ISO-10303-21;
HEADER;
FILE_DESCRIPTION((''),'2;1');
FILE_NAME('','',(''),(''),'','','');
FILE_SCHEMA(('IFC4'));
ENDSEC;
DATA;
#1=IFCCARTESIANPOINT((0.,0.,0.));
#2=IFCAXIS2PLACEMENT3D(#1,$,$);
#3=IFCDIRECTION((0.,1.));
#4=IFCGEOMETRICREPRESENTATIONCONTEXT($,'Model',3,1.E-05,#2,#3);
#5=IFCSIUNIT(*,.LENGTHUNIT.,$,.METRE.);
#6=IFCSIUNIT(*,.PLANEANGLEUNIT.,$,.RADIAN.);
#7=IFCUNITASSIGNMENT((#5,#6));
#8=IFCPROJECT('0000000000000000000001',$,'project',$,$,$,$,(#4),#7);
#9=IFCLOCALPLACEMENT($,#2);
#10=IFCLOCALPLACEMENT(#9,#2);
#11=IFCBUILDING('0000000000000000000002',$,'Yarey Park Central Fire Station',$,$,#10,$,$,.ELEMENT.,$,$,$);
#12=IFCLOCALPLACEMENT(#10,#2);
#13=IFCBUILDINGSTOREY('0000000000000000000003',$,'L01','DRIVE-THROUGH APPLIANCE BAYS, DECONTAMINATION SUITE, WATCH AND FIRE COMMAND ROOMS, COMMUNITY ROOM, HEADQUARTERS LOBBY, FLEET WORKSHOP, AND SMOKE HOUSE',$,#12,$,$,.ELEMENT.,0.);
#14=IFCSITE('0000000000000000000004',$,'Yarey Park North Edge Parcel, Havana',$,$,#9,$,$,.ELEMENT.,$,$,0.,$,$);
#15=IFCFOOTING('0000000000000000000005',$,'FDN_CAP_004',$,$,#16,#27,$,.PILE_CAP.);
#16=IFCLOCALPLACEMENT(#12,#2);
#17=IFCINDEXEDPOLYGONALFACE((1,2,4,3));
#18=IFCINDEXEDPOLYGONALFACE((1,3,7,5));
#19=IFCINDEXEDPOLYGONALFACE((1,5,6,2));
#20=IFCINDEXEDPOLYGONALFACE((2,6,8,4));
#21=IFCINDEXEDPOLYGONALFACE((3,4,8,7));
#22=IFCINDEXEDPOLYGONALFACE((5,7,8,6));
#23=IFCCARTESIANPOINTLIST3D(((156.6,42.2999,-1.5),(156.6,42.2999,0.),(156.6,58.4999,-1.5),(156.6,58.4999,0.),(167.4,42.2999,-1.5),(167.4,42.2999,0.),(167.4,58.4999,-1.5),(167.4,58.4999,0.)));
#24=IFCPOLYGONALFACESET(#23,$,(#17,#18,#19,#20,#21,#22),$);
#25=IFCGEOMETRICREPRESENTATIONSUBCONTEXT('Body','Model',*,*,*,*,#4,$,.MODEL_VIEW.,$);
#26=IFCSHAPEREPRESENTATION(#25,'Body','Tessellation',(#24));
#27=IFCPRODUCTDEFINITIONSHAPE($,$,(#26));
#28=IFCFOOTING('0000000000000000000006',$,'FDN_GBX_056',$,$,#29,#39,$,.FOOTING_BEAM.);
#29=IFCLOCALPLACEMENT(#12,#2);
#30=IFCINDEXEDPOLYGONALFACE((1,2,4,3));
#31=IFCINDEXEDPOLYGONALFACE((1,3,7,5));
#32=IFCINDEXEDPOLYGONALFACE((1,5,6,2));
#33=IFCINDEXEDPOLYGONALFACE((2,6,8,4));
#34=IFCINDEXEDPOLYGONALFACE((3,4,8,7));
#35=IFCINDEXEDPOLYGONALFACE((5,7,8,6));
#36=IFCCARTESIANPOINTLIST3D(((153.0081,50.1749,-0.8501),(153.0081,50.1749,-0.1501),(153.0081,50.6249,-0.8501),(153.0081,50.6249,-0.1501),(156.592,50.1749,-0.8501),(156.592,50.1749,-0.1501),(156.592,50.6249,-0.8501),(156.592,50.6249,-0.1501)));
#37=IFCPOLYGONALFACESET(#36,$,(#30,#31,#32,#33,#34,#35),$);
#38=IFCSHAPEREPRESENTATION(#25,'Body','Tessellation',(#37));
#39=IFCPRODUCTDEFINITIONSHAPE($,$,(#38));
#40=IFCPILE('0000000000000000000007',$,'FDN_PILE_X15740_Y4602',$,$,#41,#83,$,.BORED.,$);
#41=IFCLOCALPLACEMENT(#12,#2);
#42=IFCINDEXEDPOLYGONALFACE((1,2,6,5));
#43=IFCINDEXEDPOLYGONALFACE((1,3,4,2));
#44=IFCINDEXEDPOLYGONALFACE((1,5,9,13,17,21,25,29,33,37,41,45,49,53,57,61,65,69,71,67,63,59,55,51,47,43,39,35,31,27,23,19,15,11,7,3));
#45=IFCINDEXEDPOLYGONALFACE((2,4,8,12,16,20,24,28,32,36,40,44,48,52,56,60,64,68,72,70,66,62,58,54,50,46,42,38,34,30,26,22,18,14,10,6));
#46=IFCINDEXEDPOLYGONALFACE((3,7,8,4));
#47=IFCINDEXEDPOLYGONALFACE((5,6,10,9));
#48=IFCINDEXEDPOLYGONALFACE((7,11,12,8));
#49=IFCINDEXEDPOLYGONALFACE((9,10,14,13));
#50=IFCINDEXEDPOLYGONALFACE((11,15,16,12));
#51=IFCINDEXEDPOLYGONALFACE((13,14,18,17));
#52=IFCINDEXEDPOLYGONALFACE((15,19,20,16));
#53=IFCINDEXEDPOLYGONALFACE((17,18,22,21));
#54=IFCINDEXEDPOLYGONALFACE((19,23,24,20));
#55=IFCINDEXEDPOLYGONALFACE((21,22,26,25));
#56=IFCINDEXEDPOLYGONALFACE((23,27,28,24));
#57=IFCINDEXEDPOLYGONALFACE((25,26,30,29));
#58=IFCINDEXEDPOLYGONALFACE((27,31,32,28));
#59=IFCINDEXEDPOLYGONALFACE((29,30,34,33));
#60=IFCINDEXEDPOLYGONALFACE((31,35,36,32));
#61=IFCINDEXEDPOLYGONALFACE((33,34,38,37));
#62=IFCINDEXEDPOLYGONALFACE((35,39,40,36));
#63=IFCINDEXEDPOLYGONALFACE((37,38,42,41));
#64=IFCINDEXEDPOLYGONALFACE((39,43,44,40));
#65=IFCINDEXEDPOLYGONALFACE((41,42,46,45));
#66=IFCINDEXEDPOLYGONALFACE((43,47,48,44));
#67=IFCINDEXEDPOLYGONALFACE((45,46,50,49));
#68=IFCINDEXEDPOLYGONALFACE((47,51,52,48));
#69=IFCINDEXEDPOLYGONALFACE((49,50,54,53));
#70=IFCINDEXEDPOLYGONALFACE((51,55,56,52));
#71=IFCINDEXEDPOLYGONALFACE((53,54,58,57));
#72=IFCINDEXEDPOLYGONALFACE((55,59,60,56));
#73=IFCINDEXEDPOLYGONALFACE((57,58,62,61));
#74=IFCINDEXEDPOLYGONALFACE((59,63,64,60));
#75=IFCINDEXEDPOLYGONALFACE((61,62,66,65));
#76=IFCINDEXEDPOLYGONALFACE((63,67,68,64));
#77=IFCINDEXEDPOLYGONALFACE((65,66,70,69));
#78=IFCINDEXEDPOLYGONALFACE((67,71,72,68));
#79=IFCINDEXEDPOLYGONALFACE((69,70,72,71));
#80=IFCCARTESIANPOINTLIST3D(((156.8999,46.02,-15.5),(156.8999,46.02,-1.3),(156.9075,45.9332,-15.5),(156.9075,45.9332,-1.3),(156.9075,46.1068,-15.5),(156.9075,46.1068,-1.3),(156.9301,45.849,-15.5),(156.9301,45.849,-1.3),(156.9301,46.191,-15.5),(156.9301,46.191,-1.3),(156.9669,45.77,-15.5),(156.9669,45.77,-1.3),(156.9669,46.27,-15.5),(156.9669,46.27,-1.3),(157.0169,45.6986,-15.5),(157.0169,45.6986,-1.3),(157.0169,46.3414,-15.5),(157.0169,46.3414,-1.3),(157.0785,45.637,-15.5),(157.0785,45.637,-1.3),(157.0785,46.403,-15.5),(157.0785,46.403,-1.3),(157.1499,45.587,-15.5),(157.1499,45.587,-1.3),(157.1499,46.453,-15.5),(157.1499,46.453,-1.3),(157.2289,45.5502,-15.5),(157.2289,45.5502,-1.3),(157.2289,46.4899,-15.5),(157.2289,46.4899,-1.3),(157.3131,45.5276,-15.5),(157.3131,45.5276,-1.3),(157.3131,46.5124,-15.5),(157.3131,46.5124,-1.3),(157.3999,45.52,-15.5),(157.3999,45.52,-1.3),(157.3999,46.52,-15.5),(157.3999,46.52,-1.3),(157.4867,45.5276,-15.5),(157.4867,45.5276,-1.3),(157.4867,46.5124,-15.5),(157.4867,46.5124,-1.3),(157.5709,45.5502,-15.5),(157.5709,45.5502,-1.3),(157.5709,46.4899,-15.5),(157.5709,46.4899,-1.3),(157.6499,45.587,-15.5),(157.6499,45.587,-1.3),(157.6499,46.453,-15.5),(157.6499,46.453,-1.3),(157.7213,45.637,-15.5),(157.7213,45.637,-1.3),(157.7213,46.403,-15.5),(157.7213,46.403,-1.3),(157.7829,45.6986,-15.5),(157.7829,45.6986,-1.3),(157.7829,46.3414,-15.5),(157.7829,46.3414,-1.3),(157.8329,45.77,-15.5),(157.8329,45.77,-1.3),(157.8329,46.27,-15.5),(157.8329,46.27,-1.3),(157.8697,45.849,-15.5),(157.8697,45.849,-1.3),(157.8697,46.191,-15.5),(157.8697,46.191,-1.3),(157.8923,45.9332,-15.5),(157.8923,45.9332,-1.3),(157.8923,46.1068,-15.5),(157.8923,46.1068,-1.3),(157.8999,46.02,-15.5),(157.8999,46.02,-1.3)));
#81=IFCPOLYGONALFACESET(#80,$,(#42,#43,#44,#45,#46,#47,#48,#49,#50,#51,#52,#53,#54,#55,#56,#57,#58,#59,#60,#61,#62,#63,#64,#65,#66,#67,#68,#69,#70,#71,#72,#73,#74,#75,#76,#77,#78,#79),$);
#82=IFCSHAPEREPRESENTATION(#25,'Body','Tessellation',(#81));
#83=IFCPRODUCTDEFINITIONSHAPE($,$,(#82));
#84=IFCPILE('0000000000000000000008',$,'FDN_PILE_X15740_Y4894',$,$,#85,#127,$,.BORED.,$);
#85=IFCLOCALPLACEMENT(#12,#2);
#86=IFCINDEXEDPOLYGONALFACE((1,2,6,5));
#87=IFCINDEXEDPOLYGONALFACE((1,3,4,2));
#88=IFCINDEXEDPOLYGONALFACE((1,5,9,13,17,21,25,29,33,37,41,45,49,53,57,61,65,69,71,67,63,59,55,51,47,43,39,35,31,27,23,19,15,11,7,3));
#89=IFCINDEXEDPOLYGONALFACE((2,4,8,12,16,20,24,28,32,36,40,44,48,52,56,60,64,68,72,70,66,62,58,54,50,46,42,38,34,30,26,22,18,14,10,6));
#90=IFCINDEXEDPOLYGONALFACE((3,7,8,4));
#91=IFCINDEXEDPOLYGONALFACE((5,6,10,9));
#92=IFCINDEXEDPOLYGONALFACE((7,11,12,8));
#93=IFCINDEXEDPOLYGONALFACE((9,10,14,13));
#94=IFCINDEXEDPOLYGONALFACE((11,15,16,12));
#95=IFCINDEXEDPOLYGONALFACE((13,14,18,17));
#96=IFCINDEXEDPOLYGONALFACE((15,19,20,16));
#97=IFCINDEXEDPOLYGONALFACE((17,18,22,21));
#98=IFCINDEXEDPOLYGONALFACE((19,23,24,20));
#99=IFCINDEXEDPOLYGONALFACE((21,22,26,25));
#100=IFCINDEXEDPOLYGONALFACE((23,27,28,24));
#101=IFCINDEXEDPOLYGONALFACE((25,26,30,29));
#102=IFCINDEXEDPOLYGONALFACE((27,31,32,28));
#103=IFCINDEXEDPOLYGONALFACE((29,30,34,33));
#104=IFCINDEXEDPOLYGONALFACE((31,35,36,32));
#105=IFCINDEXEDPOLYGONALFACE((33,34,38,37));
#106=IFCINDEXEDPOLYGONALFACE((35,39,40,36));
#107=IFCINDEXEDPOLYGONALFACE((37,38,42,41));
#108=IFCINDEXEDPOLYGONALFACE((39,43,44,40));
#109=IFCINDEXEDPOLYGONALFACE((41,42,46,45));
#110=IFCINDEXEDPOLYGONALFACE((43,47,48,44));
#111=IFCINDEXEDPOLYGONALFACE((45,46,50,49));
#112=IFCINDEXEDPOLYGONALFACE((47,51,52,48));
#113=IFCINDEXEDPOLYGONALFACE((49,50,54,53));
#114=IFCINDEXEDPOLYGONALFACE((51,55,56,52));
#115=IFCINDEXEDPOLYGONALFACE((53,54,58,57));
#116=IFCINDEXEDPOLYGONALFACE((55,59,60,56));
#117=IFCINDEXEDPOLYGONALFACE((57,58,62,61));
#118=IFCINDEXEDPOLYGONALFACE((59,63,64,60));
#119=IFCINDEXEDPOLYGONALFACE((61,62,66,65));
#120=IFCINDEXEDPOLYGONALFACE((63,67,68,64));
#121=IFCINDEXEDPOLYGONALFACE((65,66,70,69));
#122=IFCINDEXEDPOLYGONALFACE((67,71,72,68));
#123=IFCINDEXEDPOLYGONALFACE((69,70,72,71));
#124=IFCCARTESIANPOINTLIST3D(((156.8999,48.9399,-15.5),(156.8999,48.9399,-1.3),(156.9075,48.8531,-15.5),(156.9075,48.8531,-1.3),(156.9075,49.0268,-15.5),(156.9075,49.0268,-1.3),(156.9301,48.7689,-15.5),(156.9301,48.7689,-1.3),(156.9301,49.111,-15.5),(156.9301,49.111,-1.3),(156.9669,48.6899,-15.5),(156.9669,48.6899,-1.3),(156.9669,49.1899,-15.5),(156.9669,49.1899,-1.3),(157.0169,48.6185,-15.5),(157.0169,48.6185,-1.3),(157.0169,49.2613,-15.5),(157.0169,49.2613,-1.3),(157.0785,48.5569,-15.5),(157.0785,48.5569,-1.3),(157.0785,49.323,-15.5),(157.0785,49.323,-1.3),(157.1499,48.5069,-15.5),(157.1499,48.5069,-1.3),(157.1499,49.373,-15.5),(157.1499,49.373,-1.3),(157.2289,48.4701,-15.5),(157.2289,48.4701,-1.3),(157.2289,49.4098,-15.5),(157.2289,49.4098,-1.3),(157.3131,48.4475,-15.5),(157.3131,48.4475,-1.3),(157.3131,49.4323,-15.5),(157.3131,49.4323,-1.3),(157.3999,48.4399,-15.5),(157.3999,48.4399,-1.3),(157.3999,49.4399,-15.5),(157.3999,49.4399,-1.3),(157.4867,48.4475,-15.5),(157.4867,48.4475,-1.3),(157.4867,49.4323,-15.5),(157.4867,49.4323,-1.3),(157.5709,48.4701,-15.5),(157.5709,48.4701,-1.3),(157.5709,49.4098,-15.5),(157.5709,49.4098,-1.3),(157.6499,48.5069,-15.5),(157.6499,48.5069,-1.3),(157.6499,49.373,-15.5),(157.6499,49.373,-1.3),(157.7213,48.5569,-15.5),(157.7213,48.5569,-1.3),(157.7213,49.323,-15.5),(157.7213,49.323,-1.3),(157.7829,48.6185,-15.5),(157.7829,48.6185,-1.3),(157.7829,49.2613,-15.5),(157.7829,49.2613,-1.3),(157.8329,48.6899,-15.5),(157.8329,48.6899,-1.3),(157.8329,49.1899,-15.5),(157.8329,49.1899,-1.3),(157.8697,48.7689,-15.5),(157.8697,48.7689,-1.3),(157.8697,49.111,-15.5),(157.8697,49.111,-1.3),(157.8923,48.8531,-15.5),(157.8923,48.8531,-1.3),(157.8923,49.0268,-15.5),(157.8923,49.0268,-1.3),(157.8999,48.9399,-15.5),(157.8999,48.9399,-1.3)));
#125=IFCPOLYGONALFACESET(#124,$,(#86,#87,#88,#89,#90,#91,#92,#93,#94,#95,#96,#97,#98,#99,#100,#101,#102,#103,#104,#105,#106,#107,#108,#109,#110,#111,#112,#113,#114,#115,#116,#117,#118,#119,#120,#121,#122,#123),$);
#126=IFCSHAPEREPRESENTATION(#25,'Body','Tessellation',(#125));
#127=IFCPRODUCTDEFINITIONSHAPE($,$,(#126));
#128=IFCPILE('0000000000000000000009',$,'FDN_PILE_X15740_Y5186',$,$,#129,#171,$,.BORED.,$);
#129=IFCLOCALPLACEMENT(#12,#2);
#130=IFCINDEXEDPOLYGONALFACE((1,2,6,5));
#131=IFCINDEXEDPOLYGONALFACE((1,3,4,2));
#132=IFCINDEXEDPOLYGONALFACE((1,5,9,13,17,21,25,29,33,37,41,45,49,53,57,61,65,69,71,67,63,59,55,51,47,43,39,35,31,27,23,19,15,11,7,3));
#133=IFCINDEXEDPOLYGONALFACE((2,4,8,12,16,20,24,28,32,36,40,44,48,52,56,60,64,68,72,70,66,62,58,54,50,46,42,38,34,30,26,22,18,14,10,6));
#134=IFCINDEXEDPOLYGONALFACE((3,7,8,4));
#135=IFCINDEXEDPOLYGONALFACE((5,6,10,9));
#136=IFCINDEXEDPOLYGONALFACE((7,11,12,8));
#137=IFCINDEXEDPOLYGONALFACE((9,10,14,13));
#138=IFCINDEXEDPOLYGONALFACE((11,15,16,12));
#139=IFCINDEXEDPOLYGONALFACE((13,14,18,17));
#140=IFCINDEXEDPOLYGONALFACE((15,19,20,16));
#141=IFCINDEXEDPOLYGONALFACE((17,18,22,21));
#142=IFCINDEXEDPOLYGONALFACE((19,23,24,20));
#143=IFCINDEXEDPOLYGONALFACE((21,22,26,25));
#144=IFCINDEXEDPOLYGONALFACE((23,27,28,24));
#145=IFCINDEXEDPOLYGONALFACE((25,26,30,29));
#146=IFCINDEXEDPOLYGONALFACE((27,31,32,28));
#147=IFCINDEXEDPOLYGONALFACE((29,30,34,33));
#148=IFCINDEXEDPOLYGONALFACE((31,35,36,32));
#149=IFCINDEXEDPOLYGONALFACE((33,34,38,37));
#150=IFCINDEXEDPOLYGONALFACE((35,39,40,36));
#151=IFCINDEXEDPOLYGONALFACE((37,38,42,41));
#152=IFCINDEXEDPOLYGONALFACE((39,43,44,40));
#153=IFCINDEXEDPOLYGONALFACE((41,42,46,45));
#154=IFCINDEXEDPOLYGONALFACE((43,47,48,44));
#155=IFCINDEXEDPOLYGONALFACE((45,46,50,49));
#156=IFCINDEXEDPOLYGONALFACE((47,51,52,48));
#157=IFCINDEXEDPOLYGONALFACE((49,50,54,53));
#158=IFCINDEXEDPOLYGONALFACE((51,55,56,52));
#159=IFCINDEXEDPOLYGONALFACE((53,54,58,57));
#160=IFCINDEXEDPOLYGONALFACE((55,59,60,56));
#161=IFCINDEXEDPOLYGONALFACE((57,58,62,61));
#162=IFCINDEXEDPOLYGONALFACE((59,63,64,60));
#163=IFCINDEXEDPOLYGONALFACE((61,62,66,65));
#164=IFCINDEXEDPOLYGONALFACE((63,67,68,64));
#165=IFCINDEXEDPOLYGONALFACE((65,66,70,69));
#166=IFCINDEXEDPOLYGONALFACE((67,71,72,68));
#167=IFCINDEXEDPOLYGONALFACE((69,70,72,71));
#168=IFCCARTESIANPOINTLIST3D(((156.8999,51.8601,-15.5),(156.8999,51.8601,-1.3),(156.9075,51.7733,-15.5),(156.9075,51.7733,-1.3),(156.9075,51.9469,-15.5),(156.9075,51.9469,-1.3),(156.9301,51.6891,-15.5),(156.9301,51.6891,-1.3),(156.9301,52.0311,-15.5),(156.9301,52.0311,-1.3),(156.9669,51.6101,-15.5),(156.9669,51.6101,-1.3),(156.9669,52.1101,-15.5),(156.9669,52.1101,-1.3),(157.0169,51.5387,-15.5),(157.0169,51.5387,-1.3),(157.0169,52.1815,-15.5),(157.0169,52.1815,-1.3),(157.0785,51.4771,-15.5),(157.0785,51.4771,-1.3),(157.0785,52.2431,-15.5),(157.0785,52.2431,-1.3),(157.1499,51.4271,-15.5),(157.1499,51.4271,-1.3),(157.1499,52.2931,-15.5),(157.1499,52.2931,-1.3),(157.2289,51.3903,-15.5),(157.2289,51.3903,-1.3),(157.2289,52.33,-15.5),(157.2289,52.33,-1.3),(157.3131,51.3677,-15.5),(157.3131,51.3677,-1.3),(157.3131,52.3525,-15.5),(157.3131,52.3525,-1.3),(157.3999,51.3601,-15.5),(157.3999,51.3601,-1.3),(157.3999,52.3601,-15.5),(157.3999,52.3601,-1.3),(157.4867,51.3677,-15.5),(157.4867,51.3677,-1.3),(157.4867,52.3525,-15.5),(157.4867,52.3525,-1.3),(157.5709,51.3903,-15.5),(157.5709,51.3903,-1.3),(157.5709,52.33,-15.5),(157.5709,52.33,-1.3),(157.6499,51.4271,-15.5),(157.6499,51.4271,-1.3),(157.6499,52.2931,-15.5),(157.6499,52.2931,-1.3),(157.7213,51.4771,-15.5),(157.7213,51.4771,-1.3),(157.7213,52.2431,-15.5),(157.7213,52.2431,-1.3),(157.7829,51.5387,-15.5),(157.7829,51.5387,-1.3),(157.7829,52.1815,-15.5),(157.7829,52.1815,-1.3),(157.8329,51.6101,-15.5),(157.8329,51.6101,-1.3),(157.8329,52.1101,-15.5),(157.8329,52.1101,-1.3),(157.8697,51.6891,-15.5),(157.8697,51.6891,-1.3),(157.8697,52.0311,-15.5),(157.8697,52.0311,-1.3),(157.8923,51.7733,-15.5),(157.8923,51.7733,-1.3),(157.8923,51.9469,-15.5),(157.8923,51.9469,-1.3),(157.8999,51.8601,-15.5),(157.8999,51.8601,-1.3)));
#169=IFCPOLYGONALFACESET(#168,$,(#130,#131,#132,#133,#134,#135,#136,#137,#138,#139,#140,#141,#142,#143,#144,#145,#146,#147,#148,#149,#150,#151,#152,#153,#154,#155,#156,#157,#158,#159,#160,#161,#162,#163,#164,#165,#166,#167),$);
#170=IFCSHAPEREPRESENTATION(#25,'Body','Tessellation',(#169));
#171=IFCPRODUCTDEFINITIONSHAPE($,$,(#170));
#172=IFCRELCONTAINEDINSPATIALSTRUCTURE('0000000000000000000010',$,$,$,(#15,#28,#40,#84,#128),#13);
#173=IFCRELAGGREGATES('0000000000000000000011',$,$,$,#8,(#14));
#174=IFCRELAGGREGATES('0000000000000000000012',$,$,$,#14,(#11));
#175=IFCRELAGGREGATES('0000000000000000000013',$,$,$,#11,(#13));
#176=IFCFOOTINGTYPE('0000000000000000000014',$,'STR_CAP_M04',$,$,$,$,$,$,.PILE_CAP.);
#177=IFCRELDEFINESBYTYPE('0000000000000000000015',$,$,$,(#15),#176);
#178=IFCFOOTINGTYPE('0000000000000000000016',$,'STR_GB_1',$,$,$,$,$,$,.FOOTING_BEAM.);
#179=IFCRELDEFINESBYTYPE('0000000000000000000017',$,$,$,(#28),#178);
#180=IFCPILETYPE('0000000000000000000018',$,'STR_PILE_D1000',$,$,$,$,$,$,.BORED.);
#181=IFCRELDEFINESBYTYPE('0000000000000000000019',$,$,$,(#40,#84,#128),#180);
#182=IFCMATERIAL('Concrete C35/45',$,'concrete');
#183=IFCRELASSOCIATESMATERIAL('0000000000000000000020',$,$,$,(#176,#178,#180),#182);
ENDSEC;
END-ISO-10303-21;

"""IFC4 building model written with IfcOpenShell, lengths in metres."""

from ifc_helpers import new_model, si_unit, direction, frame, origin, origin_2d, place, context, subcontext, project, spatial, rectangle, circle, extrude, material, material_profile, profile_set, type_object, element, save


model = new_model("IFC4")

# Units and contexts
model_context = context("Model", 3, precision=1e-05, world=origin(), true_north=direction((0.0, 1.0)))
body_context = subcontext(model_context, "Body", "Model", "MODEL_VIEW")
ifc_project = project(units=[si_unit("LENGTHUNIT", "METRE"), si_unit("PLANEANGLEUNIT", "RADIAN")], contexts=[model_context])

# Site, building, storey
site_placement = place(None, origin())
site = spatial("IfcSite", under=ifc_project, at=site_placement, Name="Yarey Park North Edge Parcel, Havana", CompositionType="ELEMENT", RefElevation=0.0)
building_placement = place(site_placement, origin())
building = spatial("IfcBuilding", under=site, at=building_placement, Name="Yarey Park Central Fire Station", CompositionType="ELEMENT")
storey_placement = place(building_placement, origin())
storey = spatial("IfcBuildingStorey", under=building, at=storey_placement, Name="L01", Description="DRIVE-THROUGH APPLIANCE BAYS, DECONTAMINATION SUITE, WATCH AND FIRE COMMAND ROOMS, COMMUNITY ROOM, HEADQUARTERS LOBBY, FLEET WORKSHOP, AND SMOKE HOUSE", CompositionType="ELEMENT", Elevation=0.0)

# Footings
ifc_material_1 = material(Name="Concrete C35/45", Category="concrete")
footing_type_1 = type_object("IfcFootingType", Name="STR_CAP_M04", PredefinedType="PILE_CAP", material=ifc_material_1)
footing_1_placement = place(storey_placement, frame((162.0, 50.3999, -1.5), z_axis=(0.0, 0.0, 1.0), x_axis=(1.0, 0.0, 0.0)))
element("IfcFooting", 1, at=footing_1_placement, inside=storey, type_object=footing_type_1, Name="FDN_CAP_004", PredefinedType="PILE_CAP", context=body_context, shape_type="SweptSolid", body=[
    extrude(rectangle(XDim=10.8, YDim=16.2, at=origin_2d()), origin(), (0.0, 0.0, 1.0), 1.5),
])
footing_type_2 = type_object("IfcFootingType", Name="STR_GB_1", PredefinedType="FOOTING_BEAM", material=ifc_material_1)
footing_2_placement = place(storey_placement, frame((154.8, 50.3999, -0.8501), z_axis=(0.0, 0.0, 1.0), x_axis=(1.0, 0.0, 0.0)))
element("IfcFooting", 2, at=footing_2_placement, inside=storey, type_object=footing_type_2, Name="FDN_GBX_056", PredefinedType="FOOTING_BEAM", context=body_context, shape_type="SweptSolid", body=[
    extrude(rectangle(XDim=3.584, YDim=0.45, at=origin_2d()), origin(), (0.0, 0.0, 1.0), 0.7),
])

# Piles
ifc_material_profile_1 = material_profile(ifc_material_1, circle(Radius=0.5, at=origin_2d()), Name="BORED PILE D1000")
ifc_profile_set_1 = profile_set([ifc_material_profile_1], Name="Concrete C35/45")
pile_type_1 = type_object("IfcPileType", Name="STR_PILE_D1000", PredefinedType="BORED", material=ifc_profile_set_1)
for number, where, z_axis, x_axis, name in (
    (3, (157.3999, 46.02, -1.3), (0.0, 0.0, -1.0), (1.0, 0.0, 0.0), "FDN_PILE_X15740_Y4602"),
    (4, (157.3999, 48.9399, -1.3), (0.0, 0.0, -1.0), (1.0, 0.0, 0.0), "FDN_PILE_X15740_Y4894"),
    (5, (157.3999, 51.8601, -1.3), (0.0, 0.0, -1.0), (1.0, 0.0, 0.0), "FDN_PILE_X15740_Y5186"),
):
    element("IfcPile", number, at=place(storey_placement, frame(where, z_axis=z_axis, x_axis=x_axis)), inside=storey, type_object=pile_type_1, Name=name, PredefinedType="BORED", context=body_context, shape_type="SweptSolid", body=[
        extrude(circle(Radius=0.5, at=origin_2d()), origin(), (0.0, 0.0, 1.0), 14.2),
    ])

save(model, "model.ifc")
